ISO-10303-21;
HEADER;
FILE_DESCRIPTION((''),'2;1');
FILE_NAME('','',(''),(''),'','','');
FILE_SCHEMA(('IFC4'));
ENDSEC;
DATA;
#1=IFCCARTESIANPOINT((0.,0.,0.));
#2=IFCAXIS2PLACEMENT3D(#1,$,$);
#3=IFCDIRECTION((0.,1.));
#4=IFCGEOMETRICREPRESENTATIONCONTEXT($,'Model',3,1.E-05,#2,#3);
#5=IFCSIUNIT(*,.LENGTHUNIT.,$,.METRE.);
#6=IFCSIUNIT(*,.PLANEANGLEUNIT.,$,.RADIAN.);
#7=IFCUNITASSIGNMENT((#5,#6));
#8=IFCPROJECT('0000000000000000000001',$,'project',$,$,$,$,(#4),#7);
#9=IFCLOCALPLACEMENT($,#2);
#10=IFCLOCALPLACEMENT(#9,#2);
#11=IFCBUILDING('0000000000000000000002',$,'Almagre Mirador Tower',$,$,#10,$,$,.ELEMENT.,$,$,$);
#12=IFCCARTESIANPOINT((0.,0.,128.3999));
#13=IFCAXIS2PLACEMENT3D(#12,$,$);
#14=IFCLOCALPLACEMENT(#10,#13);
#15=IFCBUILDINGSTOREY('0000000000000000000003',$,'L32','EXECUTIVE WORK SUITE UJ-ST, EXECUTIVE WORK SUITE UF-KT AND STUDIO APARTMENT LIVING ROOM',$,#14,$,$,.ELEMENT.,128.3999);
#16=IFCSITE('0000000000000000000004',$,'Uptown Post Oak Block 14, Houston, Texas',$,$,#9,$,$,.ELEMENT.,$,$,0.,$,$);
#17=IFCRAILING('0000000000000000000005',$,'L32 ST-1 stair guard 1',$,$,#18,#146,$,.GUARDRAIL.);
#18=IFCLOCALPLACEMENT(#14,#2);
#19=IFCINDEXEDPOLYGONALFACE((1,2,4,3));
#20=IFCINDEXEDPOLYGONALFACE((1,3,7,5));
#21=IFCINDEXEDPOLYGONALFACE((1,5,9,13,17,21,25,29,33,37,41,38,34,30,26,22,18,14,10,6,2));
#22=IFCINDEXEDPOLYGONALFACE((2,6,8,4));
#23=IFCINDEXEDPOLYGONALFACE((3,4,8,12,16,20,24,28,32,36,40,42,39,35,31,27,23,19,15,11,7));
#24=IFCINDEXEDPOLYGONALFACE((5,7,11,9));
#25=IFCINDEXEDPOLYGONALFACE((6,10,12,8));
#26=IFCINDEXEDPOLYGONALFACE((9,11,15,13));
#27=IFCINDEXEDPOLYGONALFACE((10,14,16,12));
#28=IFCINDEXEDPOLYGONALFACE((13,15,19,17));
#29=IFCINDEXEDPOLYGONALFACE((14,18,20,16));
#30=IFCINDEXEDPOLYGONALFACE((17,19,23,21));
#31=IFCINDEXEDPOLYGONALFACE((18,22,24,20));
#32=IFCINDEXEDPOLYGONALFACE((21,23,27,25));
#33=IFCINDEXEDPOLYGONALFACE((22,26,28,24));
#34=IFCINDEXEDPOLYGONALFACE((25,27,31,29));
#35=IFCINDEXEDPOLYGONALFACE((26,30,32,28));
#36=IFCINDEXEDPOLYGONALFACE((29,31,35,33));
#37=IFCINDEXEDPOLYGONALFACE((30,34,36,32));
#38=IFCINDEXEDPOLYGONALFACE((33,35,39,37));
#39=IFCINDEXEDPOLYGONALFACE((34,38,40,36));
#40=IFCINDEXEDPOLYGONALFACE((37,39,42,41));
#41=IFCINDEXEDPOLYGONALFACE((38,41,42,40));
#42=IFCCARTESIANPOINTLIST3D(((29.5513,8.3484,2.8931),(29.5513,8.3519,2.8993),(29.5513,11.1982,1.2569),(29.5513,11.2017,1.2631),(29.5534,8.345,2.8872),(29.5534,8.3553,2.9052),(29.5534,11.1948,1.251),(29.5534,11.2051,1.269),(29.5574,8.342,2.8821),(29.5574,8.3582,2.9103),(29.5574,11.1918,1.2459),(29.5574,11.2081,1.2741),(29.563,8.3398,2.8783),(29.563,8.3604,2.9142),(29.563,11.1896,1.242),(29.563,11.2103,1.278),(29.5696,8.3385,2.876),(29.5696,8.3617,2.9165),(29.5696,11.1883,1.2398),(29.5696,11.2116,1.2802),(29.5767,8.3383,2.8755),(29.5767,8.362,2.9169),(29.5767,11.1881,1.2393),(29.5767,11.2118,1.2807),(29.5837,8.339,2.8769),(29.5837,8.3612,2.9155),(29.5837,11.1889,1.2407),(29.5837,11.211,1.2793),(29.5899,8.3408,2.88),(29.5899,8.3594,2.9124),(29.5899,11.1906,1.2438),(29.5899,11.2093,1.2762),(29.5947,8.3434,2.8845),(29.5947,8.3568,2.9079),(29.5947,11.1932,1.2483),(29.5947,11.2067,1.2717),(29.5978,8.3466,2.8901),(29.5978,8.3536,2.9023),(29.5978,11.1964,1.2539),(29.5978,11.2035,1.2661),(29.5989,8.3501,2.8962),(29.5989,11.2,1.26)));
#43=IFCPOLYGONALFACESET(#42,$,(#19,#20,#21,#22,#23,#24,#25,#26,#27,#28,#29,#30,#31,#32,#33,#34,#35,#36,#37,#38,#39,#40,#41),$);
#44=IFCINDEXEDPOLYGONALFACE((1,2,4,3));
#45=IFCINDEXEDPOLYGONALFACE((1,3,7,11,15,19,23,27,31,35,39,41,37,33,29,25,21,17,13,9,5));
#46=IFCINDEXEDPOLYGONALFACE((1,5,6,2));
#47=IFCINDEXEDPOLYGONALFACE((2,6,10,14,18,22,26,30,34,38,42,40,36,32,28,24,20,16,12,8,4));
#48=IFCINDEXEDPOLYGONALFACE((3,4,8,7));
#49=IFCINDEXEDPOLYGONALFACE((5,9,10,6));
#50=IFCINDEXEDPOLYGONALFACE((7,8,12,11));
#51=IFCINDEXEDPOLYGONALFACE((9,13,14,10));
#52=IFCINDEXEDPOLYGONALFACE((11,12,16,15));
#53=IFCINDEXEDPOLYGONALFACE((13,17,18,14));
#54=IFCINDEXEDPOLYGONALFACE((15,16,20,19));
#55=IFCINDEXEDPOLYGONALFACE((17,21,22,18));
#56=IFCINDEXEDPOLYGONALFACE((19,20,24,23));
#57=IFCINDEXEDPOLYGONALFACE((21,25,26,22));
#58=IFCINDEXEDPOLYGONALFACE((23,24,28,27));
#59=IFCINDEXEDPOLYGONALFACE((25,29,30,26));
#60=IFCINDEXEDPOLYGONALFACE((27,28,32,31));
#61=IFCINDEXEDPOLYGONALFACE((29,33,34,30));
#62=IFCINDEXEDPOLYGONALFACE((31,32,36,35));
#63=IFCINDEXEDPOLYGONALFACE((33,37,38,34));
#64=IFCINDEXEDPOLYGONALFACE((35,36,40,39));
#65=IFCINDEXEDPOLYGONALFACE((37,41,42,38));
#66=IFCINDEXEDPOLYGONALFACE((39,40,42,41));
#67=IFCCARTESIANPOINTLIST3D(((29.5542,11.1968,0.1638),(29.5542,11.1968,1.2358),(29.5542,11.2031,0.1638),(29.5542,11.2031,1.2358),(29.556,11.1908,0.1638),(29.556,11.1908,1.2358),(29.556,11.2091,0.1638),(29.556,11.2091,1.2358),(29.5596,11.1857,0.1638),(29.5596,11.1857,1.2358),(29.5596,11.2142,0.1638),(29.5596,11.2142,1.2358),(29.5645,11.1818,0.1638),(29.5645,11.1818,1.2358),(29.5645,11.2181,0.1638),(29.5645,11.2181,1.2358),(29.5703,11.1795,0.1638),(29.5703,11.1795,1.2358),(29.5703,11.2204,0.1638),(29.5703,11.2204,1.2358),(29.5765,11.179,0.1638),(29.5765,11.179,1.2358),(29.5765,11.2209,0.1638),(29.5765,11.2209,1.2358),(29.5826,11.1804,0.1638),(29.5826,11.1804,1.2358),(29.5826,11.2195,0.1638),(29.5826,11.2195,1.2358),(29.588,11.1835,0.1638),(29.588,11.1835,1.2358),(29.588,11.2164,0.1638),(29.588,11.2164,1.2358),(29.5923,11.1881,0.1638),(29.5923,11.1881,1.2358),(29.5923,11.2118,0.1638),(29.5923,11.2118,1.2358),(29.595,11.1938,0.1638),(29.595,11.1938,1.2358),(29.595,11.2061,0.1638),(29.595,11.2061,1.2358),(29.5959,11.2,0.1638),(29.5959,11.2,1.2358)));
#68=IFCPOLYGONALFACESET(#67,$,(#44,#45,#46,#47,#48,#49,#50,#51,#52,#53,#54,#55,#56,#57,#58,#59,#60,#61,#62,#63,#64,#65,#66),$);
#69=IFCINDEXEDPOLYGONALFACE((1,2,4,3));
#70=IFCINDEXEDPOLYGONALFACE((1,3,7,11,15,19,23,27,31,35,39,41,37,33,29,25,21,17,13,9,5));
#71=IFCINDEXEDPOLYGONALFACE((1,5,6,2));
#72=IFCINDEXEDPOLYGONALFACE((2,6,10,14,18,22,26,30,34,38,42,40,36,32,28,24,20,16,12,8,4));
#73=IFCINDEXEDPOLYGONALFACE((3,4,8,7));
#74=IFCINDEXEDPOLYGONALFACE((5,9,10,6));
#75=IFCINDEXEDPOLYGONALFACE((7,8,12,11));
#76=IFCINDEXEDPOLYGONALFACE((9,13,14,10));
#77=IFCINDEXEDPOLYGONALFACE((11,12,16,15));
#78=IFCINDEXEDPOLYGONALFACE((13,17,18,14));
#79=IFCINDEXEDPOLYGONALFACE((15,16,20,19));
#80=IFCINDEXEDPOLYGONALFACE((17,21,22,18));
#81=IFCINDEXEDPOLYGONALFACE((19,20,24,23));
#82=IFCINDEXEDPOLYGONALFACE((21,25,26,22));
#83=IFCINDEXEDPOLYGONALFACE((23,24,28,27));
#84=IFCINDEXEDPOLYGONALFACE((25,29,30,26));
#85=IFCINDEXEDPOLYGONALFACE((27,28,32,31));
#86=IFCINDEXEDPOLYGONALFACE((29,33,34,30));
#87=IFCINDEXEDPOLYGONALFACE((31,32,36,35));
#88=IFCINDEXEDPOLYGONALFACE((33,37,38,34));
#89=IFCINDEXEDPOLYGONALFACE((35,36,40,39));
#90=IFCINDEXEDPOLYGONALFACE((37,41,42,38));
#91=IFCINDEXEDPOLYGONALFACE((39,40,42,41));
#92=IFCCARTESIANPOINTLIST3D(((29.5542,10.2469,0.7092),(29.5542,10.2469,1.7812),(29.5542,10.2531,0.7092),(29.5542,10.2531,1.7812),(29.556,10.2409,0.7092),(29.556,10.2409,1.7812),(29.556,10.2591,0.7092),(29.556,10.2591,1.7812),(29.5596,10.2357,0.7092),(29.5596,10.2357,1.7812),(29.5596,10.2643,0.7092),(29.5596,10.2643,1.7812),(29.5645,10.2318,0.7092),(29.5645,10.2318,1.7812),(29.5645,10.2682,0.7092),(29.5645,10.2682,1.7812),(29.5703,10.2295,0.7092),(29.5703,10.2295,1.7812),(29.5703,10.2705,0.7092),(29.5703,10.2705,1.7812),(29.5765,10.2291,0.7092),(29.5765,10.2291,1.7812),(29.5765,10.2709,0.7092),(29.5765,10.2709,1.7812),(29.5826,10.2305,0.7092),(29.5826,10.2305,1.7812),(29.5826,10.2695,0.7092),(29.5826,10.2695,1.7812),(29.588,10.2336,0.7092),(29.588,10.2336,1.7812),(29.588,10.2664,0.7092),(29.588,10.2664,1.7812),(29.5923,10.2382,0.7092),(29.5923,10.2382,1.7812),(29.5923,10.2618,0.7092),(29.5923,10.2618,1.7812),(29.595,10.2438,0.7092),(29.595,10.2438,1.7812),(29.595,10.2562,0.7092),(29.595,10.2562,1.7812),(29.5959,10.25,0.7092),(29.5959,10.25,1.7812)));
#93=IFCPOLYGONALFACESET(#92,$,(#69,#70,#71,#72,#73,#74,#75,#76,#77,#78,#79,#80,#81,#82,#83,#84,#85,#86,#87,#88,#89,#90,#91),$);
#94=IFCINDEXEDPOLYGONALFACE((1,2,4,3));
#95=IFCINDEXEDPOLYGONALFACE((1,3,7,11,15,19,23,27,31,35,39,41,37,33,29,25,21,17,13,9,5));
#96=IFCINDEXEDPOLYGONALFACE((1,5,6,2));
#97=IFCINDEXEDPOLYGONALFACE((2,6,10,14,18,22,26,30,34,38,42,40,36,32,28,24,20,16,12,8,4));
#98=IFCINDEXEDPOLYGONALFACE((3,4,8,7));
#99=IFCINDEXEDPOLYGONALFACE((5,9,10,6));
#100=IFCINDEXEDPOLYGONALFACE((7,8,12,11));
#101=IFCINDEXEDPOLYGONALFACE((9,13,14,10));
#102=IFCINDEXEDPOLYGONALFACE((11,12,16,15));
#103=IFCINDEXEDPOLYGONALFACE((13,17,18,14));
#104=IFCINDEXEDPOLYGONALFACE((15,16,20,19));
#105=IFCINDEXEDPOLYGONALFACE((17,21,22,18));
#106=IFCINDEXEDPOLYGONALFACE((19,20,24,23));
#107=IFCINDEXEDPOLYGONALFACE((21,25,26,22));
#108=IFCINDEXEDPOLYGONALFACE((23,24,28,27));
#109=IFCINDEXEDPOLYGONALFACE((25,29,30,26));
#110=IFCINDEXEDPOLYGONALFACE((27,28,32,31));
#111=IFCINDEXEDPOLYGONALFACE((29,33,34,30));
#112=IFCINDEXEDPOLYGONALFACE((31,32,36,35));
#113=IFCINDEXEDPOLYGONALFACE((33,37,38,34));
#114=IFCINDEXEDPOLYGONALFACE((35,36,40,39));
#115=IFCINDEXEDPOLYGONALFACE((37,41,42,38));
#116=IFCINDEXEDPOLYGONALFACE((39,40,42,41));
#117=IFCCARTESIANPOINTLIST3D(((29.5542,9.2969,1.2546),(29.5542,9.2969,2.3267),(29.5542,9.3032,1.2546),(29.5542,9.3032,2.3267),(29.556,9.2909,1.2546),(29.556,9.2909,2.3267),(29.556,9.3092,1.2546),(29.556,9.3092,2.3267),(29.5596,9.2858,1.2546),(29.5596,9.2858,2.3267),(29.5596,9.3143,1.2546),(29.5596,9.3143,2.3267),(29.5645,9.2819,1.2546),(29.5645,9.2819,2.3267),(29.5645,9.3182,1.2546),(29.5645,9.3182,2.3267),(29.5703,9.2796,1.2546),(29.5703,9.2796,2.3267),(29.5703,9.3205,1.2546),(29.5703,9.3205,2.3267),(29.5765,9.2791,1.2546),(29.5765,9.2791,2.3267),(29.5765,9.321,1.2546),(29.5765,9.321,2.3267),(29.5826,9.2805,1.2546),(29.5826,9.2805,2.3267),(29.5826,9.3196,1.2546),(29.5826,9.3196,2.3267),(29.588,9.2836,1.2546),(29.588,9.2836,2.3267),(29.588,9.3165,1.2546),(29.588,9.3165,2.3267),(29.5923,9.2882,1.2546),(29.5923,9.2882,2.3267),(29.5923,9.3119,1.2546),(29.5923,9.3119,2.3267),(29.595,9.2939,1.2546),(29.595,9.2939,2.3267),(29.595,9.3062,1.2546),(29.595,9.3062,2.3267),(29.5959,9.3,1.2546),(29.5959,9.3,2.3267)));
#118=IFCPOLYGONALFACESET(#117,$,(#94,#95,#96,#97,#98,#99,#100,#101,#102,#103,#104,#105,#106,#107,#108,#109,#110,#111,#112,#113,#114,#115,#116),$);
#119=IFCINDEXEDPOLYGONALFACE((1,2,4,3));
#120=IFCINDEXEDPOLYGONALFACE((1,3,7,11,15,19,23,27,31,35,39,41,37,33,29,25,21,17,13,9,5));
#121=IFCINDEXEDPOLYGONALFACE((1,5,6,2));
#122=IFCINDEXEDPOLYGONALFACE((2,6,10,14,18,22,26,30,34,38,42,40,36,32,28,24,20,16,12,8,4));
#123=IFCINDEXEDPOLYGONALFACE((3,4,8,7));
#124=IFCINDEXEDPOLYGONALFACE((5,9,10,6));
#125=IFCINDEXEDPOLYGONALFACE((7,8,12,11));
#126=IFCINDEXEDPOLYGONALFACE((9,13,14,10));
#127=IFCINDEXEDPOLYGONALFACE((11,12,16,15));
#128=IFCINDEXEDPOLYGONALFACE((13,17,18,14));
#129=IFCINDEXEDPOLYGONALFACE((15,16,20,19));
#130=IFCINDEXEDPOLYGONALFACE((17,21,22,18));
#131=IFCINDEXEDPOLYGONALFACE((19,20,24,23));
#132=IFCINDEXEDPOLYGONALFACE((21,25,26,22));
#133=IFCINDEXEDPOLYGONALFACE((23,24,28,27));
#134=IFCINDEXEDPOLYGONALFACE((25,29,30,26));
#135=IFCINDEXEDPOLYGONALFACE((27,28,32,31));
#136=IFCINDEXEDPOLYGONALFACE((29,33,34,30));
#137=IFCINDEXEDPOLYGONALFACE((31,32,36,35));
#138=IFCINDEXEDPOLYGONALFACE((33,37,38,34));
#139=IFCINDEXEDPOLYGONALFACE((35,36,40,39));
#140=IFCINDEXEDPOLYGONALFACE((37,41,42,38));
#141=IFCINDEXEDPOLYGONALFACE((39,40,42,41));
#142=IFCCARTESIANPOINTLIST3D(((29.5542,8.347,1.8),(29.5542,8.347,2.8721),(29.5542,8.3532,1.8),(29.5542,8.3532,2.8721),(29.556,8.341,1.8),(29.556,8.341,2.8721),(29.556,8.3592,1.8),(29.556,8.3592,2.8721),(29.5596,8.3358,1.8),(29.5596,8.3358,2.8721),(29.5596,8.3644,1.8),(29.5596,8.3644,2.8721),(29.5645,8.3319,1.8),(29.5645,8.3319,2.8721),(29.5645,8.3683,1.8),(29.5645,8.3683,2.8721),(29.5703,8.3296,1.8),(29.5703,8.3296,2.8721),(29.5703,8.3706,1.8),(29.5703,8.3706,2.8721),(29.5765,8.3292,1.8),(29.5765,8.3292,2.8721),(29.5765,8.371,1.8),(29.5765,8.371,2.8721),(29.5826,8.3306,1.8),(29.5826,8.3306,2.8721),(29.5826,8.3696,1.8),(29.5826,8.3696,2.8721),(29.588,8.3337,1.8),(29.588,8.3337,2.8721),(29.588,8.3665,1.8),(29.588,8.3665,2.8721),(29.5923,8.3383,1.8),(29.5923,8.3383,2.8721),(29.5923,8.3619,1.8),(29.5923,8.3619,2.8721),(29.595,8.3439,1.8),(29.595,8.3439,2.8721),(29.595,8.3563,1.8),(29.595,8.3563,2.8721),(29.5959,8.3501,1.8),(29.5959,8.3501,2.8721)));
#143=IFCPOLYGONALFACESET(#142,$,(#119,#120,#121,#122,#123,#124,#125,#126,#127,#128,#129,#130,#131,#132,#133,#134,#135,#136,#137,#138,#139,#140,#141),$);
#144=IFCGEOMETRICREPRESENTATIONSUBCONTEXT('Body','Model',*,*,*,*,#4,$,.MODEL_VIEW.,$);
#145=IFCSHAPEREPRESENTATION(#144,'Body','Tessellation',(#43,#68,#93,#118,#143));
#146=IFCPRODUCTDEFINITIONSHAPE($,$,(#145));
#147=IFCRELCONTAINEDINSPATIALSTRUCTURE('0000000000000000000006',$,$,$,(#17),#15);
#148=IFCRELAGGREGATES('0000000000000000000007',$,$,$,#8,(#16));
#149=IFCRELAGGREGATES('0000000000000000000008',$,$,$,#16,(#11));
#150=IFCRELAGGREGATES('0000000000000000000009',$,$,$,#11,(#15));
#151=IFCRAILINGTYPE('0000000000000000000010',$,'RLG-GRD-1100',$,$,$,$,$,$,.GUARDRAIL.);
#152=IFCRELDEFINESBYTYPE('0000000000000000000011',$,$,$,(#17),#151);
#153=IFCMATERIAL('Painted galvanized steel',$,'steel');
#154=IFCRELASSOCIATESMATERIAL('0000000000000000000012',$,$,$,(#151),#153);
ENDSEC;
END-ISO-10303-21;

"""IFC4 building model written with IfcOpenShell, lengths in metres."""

from ifc_helpers import new_model, si_unit, direction, frame, origin, origin_2d, place, context, subcontext, project, spatial, circle, extrude, material, type_object, element, save


model = new_model("IFC4")

# Units and contexts
model_context = context("Model", 3, precision=1e-05, world=origin(), true_north=direction((0.0, 1.0)))
body_context = subcontext(model_context, "Body", "Model", "MODEL_VIEW")
ifc_project = project(units=[si_unit("LENGTHUNIT", "METRE"), si_unit("PLANEANGLEUNIT", "RADIAN")], contexts=[model_context])

# Site, building, storey
site_placement = place(None, origin())
site = spatial("IfcSite", under=ifc_project, at=site_placement, Name="Uptown Post Oak Block 14, Houston, Texas", CompositionType="ELEMENT", RefElevation=0.0)
building_placement = place(site_placement, origin())
building = spatial("IfcBuilding", under=site, at=building_placement, Name="Almagre Mirador Tower", CompositionType="ELEMENT")
storey_placement = place(building_placement, frame((0.0, 0.0, 128.3999)))
storey = spatial("IfcBuildingStorey", under=building, at=storey_placement, Name="L32", Description="EXECUTIVE WORK SUITE UJ-ST, EXECUTIVE WORK SUITE UF-KT AND STUDIO APARTMENT LIVING ROOM", CompositionType="ELEMENT", Elevation=128.3999)

# Railing
ifc_material_1 = material(Name="Painted galvanized steel", Category="steel")
railing_type_1 = type_object("IfcRailingType", Name="RLG-GRD-1100", PredefinedType="GUARDRAIL", material=ifc_material_1)
railing_1_placement = place(storey_placement, frame((29.575, 11.2, 0.1638)))
element("IfcRailing", 1, at=railing_1_placement, inside=storey, type_object=railing_type_1, Name="L32 ST-1 stair guard 1", PredefinedType="GUARDRAIL", context=body_context, shape_type="SweptSolid", body=[
    extrude(circle(Radius=0.0239, at=origin_2d()), frame((0.0, 0.0, 1.0962), z_axis=(0.0, -0.867226, 0.497914), x_axis=(1.0, 0.0, 0.0)), (0.0, 0.0, 1.0), 3.2861),
    extrude(circle(Radius=0.021, at=origin_2d()), origin(), (0.0, 0.0, 1.0), 1.072),
    extrude(circle(Radius=0.021, at=origin_2d()), frame((0.0, -0.95, 0.5454)), (0.0, 0.0, 1.0), 1.072),
    extrude(circle(Radius=0.021, at=origin_2d()), frame((0.0, -1.8999, 1.0908)), (0.0, 0.0, 1.0), 1.072),
    extrude(circle(Radius=0.021, at=origin_2d()), frame((0.0, -2.8499, 1.6362)), (0.0, 0.0, 1.0), 1.072),
])

save(model, "model.ifc")
